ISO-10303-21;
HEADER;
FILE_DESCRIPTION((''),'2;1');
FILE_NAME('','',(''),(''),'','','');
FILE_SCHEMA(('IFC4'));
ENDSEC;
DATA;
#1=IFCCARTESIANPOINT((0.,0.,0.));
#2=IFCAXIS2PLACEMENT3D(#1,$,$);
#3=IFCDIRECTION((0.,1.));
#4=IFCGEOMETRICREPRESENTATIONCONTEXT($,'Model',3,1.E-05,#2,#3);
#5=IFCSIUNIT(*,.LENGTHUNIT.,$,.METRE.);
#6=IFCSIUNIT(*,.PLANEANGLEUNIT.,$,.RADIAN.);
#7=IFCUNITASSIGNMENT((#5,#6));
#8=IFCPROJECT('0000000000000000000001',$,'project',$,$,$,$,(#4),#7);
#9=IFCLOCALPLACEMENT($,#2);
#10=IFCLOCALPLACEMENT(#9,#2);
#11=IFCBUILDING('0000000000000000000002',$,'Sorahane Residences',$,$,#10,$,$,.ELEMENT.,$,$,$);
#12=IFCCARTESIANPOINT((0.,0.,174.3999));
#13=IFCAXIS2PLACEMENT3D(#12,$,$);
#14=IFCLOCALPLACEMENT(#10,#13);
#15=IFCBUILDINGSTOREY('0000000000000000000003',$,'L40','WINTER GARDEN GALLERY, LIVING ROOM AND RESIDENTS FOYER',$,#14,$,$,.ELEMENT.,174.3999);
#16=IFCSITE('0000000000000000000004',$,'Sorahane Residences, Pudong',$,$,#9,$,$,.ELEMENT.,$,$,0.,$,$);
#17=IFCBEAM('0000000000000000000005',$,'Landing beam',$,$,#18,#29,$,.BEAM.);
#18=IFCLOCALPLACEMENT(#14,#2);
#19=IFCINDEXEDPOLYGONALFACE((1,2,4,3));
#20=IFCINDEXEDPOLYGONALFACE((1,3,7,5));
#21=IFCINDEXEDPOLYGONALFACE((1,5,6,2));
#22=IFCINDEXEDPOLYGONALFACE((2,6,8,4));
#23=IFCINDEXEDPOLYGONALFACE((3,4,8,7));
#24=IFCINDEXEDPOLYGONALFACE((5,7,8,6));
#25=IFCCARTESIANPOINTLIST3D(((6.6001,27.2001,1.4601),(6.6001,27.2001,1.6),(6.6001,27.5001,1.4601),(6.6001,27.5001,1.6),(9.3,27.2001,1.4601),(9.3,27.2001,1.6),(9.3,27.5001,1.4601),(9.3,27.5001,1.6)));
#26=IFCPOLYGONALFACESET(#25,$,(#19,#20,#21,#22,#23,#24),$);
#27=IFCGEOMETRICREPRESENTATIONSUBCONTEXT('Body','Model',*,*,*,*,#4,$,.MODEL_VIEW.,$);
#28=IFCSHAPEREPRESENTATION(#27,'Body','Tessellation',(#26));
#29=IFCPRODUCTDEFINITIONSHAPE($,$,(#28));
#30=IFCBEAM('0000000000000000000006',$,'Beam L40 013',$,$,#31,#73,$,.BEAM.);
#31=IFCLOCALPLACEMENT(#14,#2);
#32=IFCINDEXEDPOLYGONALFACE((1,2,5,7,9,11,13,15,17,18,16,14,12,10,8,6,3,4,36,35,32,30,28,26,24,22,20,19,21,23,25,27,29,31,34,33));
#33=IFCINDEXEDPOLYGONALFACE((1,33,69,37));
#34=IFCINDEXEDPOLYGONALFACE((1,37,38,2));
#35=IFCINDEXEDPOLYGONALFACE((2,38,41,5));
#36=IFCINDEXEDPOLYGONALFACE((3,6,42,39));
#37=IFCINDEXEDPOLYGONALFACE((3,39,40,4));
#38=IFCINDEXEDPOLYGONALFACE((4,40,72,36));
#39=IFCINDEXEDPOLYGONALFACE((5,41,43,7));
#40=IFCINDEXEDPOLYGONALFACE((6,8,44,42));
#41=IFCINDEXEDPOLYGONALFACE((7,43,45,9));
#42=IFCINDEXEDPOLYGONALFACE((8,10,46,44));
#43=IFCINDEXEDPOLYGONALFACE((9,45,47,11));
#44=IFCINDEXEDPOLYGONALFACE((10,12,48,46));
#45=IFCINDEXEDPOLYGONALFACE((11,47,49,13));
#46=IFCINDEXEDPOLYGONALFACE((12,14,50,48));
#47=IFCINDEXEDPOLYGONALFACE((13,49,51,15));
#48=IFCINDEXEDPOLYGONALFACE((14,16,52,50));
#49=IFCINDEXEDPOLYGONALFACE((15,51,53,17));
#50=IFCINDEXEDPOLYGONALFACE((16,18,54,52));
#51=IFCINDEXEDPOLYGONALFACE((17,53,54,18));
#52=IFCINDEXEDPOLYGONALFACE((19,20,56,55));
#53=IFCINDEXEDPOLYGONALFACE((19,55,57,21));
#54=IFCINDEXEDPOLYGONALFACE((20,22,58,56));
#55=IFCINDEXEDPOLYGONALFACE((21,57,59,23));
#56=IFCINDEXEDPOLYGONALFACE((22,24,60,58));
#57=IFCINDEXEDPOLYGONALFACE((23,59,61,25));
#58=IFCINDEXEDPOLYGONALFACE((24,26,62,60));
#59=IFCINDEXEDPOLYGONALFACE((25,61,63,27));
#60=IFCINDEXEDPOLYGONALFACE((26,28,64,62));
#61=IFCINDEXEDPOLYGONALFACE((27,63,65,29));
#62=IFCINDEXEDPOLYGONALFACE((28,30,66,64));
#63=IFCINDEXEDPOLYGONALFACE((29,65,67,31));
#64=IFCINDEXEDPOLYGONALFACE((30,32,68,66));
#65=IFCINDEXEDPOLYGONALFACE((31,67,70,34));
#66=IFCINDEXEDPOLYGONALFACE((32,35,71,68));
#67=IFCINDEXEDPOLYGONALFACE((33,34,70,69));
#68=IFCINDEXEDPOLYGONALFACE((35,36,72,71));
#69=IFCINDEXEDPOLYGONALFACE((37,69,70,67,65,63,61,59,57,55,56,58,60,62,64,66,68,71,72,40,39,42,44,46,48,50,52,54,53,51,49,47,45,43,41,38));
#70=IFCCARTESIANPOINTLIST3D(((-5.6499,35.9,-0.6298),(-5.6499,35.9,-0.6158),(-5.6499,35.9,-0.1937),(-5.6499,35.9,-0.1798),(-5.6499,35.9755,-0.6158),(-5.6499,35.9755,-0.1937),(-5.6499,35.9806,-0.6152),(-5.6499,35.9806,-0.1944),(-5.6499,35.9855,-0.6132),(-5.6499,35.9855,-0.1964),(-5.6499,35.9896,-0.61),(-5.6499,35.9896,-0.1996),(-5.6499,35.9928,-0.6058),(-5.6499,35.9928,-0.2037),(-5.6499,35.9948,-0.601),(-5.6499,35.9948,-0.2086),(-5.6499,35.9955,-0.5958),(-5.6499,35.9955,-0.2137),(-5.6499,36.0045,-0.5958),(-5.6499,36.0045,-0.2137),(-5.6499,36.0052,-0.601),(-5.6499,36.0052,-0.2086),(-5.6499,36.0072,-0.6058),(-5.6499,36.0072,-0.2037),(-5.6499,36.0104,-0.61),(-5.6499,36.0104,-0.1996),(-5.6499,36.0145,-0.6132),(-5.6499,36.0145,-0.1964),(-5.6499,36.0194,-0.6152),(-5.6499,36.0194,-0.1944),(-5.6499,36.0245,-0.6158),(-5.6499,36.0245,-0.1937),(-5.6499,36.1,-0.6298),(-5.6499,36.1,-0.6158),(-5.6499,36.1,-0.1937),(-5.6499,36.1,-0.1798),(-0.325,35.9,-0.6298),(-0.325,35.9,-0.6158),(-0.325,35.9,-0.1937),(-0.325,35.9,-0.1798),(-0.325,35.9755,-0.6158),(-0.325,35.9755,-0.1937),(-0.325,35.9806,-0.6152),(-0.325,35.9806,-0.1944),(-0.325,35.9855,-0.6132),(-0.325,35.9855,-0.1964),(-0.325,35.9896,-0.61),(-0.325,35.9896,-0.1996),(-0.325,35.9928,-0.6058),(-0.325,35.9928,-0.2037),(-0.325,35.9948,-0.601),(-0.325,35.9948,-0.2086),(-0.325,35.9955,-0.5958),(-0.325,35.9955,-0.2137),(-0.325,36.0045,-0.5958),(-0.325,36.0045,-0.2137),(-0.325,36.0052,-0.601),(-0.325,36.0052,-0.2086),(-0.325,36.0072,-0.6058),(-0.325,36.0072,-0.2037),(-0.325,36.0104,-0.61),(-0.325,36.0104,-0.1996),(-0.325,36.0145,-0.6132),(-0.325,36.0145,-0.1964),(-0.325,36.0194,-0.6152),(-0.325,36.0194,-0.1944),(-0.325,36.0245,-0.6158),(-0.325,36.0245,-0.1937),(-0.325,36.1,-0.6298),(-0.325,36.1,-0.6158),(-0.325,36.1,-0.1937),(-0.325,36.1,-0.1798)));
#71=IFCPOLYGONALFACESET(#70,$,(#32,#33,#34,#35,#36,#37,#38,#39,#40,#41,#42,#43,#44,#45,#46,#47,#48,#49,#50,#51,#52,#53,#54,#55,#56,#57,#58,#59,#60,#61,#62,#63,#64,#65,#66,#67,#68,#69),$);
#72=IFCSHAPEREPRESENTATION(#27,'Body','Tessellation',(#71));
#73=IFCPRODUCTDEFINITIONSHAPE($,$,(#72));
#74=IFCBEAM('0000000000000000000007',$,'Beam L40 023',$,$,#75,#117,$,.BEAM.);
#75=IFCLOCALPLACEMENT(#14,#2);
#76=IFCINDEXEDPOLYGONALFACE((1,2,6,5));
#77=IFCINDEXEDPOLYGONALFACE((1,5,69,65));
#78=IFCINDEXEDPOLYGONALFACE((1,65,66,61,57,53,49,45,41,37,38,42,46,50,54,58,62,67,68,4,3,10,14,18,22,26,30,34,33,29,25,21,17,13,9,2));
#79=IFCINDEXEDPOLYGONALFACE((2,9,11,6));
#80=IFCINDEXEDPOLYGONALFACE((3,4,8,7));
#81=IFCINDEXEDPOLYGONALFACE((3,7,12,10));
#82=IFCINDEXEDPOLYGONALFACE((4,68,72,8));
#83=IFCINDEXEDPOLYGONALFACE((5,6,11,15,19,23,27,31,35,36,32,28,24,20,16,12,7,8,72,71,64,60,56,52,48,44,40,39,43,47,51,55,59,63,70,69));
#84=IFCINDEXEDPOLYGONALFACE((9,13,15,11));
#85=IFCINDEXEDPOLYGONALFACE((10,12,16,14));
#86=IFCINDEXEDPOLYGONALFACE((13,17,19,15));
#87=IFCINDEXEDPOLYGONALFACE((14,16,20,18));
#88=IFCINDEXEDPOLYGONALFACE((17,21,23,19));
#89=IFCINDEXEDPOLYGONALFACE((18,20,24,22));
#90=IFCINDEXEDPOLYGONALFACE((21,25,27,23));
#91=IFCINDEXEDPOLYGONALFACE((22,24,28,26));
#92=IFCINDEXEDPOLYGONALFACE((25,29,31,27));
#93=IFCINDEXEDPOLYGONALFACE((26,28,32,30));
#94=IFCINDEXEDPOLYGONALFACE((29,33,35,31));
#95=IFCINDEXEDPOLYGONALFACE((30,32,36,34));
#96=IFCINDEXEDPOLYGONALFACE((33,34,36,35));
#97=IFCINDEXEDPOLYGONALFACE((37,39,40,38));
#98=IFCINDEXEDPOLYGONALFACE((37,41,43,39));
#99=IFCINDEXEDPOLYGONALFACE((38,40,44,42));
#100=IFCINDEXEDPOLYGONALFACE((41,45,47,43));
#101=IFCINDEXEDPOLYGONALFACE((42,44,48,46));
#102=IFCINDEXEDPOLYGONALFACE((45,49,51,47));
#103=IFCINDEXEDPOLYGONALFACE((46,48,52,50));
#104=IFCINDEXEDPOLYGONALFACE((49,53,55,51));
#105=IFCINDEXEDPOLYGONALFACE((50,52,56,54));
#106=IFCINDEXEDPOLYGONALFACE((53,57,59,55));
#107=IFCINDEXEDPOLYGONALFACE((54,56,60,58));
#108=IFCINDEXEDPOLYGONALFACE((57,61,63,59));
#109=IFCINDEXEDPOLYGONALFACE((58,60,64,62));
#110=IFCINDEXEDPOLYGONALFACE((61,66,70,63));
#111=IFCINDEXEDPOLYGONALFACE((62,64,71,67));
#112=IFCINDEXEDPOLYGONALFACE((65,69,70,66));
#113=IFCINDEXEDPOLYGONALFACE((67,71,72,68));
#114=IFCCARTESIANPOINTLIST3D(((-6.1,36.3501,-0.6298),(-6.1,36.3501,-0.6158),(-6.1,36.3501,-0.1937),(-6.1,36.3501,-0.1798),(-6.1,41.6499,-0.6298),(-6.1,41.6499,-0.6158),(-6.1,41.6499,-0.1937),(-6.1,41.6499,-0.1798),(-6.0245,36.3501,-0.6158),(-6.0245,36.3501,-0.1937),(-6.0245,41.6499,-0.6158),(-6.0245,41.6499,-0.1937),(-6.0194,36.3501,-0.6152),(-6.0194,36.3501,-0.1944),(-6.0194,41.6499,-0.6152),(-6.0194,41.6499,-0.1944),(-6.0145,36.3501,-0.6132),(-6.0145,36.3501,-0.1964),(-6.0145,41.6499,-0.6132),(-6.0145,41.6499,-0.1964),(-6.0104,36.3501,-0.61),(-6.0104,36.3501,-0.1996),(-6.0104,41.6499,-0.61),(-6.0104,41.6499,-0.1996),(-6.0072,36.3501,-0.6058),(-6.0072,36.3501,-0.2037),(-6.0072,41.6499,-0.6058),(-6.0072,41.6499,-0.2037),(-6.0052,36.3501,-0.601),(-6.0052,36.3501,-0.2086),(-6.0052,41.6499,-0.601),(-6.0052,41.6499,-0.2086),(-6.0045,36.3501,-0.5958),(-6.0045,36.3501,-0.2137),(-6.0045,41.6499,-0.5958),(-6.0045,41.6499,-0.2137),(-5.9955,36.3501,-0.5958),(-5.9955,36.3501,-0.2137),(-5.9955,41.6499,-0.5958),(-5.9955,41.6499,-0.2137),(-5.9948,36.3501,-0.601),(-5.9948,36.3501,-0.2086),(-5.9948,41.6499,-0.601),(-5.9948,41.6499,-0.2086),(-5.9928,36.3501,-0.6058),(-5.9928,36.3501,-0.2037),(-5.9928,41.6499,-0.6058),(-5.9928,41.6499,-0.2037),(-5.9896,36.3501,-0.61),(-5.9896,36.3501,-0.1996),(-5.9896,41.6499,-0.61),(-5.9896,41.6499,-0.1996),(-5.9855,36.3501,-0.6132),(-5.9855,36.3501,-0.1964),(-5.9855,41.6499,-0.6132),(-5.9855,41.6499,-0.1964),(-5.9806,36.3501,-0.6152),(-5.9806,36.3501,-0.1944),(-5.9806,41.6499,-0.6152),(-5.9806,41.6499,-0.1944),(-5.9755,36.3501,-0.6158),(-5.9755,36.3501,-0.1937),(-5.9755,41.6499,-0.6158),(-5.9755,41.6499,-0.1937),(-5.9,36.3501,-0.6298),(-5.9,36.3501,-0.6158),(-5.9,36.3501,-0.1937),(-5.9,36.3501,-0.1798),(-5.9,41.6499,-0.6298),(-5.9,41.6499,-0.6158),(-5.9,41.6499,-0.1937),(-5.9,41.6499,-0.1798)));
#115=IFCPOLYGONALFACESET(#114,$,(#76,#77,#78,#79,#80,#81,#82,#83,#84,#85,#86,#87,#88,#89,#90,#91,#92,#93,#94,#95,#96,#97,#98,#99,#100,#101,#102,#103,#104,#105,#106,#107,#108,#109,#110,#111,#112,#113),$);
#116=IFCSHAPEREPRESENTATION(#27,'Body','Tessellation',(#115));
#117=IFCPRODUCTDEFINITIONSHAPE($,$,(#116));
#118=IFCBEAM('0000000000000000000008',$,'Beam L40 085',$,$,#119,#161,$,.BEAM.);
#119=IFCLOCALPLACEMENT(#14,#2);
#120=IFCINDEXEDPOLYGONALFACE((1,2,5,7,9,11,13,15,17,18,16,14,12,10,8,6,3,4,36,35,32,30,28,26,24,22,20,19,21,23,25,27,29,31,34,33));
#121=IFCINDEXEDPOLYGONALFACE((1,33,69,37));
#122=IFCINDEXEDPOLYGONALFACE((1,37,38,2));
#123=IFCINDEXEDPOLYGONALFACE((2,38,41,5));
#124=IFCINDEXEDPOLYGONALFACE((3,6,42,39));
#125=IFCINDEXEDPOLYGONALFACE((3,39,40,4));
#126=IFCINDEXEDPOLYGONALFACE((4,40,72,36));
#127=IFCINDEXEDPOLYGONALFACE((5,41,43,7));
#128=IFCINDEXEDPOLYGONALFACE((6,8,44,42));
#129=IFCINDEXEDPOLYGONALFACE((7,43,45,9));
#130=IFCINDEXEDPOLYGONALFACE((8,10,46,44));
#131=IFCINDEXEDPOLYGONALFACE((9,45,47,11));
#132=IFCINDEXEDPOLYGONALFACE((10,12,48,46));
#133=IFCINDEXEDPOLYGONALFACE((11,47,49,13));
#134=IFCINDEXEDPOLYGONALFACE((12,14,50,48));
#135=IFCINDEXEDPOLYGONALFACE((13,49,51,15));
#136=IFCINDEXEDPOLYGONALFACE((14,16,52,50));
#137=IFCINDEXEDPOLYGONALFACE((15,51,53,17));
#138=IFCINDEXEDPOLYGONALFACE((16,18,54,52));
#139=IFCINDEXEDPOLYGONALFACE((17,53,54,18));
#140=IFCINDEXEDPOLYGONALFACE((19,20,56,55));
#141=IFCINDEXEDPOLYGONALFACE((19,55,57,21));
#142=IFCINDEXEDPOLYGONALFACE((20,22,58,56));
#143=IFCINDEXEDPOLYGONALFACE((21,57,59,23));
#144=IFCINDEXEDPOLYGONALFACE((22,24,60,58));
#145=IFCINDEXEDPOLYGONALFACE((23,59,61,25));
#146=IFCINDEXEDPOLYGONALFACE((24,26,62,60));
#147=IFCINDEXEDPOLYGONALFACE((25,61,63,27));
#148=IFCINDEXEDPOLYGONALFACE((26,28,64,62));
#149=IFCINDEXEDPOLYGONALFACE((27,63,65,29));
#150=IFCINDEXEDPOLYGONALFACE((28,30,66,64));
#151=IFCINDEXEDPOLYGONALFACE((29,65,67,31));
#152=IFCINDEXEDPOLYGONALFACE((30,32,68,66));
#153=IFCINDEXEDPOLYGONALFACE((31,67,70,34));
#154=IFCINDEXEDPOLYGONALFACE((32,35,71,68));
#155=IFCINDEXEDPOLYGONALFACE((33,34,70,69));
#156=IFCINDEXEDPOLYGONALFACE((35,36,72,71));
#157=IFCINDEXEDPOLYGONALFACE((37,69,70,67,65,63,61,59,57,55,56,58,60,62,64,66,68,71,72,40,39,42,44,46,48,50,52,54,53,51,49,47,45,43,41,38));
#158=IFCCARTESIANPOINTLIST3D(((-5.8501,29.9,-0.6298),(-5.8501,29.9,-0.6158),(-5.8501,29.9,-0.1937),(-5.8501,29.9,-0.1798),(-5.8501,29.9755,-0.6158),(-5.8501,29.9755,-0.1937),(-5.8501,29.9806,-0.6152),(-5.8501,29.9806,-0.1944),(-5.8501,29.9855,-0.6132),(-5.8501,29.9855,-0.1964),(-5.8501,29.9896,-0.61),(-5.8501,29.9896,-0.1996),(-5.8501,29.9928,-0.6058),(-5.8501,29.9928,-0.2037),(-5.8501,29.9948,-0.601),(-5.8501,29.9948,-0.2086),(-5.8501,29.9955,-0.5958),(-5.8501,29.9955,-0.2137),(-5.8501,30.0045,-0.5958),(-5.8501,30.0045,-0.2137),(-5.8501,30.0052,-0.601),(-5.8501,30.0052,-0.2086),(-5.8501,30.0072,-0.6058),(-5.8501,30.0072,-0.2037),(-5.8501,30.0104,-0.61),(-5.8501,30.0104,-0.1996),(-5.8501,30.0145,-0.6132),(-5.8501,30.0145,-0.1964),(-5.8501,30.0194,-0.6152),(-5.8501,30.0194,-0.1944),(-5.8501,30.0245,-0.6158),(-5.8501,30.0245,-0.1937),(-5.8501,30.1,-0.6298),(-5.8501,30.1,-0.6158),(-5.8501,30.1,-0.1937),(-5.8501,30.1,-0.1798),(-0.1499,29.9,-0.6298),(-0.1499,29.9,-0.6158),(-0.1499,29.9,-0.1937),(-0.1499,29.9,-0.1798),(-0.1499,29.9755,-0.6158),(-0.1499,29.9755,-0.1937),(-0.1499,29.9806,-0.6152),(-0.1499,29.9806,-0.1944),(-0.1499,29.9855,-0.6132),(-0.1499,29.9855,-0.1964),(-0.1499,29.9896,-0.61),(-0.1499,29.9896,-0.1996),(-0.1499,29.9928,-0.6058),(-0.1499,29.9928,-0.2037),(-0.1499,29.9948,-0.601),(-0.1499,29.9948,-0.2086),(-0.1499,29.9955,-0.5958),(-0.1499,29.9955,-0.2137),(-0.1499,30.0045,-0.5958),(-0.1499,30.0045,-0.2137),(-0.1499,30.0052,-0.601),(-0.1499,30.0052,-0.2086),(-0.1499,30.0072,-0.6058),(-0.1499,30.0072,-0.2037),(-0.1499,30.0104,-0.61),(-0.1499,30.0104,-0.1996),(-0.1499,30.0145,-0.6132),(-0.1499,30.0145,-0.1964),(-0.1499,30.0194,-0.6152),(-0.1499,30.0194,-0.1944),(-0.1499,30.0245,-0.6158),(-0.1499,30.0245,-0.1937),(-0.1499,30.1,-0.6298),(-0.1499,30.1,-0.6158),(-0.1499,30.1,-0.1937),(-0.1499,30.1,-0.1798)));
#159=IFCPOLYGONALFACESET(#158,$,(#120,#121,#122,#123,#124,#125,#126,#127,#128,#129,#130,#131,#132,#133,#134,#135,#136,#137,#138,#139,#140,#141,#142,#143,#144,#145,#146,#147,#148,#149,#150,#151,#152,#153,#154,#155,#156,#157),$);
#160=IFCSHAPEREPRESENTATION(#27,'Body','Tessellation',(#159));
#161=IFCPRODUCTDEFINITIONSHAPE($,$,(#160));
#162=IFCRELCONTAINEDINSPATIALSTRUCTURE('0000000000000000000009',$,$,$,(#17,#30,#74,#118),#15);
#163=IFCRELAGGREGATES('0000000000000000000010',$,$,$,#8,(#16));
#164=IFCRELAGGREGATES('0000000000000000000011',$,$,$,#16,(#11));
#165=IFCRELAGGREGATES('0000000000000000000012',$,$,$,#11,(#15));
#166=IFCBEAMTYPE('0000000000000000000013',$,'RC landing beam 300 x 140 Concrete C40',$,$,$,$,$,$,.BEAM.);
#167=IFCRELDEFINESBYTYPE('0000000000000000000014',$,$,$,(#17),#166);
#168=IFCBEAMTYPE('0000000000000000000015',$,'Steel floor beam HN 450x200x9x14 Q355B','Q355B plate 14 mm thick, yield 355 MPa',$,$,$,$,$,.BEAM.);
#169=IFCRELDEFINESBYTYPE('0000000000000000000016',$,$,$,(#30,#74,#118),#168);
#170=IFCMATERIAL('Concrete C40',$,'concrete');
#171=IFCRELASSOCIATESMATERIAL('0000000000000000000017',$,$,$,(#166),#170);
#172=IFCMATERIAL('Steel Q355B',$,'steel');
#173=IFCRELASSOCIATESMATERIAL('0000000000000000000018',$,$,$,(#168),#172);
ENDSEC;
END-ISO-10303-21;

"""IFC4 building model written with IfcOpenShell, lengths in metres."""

from ifc_helpers import new_model, si_unit, direction, frame, origin, origin_2d, place, context, subcontext, project, spatial, rectangle, i_section, extrude, material, material_profile, profile_set, type_object, element, save


model = new_model("IFC4")

# Units and contexts
model_context = context("Model", 3, precision=1e-05, world=origin(), true_north=direction((0.0, 1.0)))
body_context = subcontext(model_context, "Body", "Model", "MODEL_VIEW")
ifc_project = project(units=[si_unit("LENGTHUNIT", "METRE"), si_unit("PLANEANGLEUNIT", "RADIAN")], contexts=[model_context])

# Site, building, storey
site_placement = place(None, origin())
site = spatial("IfcSite", under=ifc_project, at=site_placement, Name="Sorahane Residences, Pudong", CompositionType="ELEMENT", RefElevation=0.0)
building_placement = place(site_placement, origin())
building = spatial("IfcBuilding", under=site, at=building_placement, Name="Sorahane Residences", CompositionType="ELEMENT")
storey_placement = place(building_placement, frame((0.0, 0.0, 174.3999)))
storey = spatial("IfcBuildingStorey", under=building, at=storey_placement, Name="L40", Description="WINTER GARDEN GALLERY, LIVING ROOM AND RESIDENTS FOYER", CompositionType="ELEMENT", Elevation=174.3999)

# Beams
ifc_material_1 = material(Name="Concrete C40", Category="concrete")
ifc_material_profile_1 = material_profile(ifc_material_1, rectangle(XDim=0.3, YDim=0.1399, at=origin_2d()), Name="300x140")
ifc_profile_set_1 = profile_set([ifc_material_profile_1], Name="Concrete C40")
beam_type_1 = type_object("IfcBeamType", Name="RC landing beam 300 x 140 Concrete C40", PredefinedType="BEAM", material=ifc_profile_set_1)
for number, where, z_axis, x_axis, name in (
    (1, (6.6001, 27.3501, 1.53), (1.0, 0.0, 0.0), (0.0, 1.0, 0.0), "Landing beam"),
):
    element("IfcBeam", number, at=place(storey_placement, frame(where, z_axis=z_axis, x_axis=x_axis)), inside=storey, type_object=beam_type_1, Name=name, PredefinedType="BEAM", context=body_context, shape_type="SweptSolid", body=[
        extrude(rectangle(XDim=0.3, YDim=0.1399, at=origin_2d()), origin(), (0.0, 0.0, 1.0), 2.7),
    ])
ifc_material_2 = material(Name="Steel Q355B", Category="steel")
ifc_material_profile_2 = material_profile(ifc_material_2, i_section(OverallWidth=0.2, OverallDepth=0.45, WebThickness=0.009, FlangeThickness=0.0139, FilletRadius=0.02, at=origin_2d()), Name="HN 450x200x9x14")
ifc_profile_set_2 = profile_set([ifc_material_profile_2], Name="Steel Q355B")
beam_type_2 = type_object("IfcBeamType", Name="Steel floor beam HN 450x200x9x14 Q355B", Description="Q355B plate 14 mm thick, yield 355 MPa", PredefinedType="BEAM", material=ifc_profile_set_2)
beam_1_placement = place(storey_placement, frame((-5.6499, 36.0, -0.4048), z_axis=(1.0, 0.0, 0.0), x_axis=(0.0, 1.0, 0.0)))
element("IfcBeam", 2, at=beam_1_placement, inside=storey, type_object=beam_type_2, Name="Beam L40 013", PredefinedType="BEAM", context=body_context, shape_type="SweptSolid", body=[
    extrude(i_section(OverallWidth=0.2, OverallDepth=0.45, WebThickness=0.009, FlangeThickness=0.0139, FilletRadius=0.02, at=origin_2d()), origin(), (0.0, 0.0, 1.0), 5.325),
])
beam_2_placement = place(storey_placement, frame((-6.0, 36.3501, -0.4048), z_axis=(0.0, 1.0, 0.0), x_axis=(-1.0, 0.0, 0.0)))
element("IfcBeam", 3, at=beam_2_placement, inside=storey, type_object=beam_type_2, Name="Beam L40 023", PredefinedType="BEAM", context=body_context, shape_type="SweptSolid", body=[
    extrude(i_section(OverallWidth=0.2, OverallDepth=0.45, WebThickness=0.009, FlangeThickness=0.0139, FilletRadius=0.02, at=origin_2d()), origin(), (0.0, 0.0, 1.0), 5.2998),
])
beam_3_placement = place(storey_placement, frame((-5.8501, 30.0, -0.4048), z_axis=(1.0, 0.0, 0.0), x_axis=(0.0, 1.0, 0.0)))
element("IfcBeam", 4, at=beam_3_placement, inside=storey, type_object=beam_type_2, Name="Beam L40 085", PredefinedType="BEAM", context=body_context, shape_type="SweptSolid", body=[
    extrude(i_section(OverallWidth=0.2, OverallDepth=0.45, WebThickness=0.009, FlangeThickness=0.0139, FilletRadius=0.02, at=origin_2d()), origin(), (0.0, 0.0, 1.0), 5.7002),
])

save(model, "model.ifc")
